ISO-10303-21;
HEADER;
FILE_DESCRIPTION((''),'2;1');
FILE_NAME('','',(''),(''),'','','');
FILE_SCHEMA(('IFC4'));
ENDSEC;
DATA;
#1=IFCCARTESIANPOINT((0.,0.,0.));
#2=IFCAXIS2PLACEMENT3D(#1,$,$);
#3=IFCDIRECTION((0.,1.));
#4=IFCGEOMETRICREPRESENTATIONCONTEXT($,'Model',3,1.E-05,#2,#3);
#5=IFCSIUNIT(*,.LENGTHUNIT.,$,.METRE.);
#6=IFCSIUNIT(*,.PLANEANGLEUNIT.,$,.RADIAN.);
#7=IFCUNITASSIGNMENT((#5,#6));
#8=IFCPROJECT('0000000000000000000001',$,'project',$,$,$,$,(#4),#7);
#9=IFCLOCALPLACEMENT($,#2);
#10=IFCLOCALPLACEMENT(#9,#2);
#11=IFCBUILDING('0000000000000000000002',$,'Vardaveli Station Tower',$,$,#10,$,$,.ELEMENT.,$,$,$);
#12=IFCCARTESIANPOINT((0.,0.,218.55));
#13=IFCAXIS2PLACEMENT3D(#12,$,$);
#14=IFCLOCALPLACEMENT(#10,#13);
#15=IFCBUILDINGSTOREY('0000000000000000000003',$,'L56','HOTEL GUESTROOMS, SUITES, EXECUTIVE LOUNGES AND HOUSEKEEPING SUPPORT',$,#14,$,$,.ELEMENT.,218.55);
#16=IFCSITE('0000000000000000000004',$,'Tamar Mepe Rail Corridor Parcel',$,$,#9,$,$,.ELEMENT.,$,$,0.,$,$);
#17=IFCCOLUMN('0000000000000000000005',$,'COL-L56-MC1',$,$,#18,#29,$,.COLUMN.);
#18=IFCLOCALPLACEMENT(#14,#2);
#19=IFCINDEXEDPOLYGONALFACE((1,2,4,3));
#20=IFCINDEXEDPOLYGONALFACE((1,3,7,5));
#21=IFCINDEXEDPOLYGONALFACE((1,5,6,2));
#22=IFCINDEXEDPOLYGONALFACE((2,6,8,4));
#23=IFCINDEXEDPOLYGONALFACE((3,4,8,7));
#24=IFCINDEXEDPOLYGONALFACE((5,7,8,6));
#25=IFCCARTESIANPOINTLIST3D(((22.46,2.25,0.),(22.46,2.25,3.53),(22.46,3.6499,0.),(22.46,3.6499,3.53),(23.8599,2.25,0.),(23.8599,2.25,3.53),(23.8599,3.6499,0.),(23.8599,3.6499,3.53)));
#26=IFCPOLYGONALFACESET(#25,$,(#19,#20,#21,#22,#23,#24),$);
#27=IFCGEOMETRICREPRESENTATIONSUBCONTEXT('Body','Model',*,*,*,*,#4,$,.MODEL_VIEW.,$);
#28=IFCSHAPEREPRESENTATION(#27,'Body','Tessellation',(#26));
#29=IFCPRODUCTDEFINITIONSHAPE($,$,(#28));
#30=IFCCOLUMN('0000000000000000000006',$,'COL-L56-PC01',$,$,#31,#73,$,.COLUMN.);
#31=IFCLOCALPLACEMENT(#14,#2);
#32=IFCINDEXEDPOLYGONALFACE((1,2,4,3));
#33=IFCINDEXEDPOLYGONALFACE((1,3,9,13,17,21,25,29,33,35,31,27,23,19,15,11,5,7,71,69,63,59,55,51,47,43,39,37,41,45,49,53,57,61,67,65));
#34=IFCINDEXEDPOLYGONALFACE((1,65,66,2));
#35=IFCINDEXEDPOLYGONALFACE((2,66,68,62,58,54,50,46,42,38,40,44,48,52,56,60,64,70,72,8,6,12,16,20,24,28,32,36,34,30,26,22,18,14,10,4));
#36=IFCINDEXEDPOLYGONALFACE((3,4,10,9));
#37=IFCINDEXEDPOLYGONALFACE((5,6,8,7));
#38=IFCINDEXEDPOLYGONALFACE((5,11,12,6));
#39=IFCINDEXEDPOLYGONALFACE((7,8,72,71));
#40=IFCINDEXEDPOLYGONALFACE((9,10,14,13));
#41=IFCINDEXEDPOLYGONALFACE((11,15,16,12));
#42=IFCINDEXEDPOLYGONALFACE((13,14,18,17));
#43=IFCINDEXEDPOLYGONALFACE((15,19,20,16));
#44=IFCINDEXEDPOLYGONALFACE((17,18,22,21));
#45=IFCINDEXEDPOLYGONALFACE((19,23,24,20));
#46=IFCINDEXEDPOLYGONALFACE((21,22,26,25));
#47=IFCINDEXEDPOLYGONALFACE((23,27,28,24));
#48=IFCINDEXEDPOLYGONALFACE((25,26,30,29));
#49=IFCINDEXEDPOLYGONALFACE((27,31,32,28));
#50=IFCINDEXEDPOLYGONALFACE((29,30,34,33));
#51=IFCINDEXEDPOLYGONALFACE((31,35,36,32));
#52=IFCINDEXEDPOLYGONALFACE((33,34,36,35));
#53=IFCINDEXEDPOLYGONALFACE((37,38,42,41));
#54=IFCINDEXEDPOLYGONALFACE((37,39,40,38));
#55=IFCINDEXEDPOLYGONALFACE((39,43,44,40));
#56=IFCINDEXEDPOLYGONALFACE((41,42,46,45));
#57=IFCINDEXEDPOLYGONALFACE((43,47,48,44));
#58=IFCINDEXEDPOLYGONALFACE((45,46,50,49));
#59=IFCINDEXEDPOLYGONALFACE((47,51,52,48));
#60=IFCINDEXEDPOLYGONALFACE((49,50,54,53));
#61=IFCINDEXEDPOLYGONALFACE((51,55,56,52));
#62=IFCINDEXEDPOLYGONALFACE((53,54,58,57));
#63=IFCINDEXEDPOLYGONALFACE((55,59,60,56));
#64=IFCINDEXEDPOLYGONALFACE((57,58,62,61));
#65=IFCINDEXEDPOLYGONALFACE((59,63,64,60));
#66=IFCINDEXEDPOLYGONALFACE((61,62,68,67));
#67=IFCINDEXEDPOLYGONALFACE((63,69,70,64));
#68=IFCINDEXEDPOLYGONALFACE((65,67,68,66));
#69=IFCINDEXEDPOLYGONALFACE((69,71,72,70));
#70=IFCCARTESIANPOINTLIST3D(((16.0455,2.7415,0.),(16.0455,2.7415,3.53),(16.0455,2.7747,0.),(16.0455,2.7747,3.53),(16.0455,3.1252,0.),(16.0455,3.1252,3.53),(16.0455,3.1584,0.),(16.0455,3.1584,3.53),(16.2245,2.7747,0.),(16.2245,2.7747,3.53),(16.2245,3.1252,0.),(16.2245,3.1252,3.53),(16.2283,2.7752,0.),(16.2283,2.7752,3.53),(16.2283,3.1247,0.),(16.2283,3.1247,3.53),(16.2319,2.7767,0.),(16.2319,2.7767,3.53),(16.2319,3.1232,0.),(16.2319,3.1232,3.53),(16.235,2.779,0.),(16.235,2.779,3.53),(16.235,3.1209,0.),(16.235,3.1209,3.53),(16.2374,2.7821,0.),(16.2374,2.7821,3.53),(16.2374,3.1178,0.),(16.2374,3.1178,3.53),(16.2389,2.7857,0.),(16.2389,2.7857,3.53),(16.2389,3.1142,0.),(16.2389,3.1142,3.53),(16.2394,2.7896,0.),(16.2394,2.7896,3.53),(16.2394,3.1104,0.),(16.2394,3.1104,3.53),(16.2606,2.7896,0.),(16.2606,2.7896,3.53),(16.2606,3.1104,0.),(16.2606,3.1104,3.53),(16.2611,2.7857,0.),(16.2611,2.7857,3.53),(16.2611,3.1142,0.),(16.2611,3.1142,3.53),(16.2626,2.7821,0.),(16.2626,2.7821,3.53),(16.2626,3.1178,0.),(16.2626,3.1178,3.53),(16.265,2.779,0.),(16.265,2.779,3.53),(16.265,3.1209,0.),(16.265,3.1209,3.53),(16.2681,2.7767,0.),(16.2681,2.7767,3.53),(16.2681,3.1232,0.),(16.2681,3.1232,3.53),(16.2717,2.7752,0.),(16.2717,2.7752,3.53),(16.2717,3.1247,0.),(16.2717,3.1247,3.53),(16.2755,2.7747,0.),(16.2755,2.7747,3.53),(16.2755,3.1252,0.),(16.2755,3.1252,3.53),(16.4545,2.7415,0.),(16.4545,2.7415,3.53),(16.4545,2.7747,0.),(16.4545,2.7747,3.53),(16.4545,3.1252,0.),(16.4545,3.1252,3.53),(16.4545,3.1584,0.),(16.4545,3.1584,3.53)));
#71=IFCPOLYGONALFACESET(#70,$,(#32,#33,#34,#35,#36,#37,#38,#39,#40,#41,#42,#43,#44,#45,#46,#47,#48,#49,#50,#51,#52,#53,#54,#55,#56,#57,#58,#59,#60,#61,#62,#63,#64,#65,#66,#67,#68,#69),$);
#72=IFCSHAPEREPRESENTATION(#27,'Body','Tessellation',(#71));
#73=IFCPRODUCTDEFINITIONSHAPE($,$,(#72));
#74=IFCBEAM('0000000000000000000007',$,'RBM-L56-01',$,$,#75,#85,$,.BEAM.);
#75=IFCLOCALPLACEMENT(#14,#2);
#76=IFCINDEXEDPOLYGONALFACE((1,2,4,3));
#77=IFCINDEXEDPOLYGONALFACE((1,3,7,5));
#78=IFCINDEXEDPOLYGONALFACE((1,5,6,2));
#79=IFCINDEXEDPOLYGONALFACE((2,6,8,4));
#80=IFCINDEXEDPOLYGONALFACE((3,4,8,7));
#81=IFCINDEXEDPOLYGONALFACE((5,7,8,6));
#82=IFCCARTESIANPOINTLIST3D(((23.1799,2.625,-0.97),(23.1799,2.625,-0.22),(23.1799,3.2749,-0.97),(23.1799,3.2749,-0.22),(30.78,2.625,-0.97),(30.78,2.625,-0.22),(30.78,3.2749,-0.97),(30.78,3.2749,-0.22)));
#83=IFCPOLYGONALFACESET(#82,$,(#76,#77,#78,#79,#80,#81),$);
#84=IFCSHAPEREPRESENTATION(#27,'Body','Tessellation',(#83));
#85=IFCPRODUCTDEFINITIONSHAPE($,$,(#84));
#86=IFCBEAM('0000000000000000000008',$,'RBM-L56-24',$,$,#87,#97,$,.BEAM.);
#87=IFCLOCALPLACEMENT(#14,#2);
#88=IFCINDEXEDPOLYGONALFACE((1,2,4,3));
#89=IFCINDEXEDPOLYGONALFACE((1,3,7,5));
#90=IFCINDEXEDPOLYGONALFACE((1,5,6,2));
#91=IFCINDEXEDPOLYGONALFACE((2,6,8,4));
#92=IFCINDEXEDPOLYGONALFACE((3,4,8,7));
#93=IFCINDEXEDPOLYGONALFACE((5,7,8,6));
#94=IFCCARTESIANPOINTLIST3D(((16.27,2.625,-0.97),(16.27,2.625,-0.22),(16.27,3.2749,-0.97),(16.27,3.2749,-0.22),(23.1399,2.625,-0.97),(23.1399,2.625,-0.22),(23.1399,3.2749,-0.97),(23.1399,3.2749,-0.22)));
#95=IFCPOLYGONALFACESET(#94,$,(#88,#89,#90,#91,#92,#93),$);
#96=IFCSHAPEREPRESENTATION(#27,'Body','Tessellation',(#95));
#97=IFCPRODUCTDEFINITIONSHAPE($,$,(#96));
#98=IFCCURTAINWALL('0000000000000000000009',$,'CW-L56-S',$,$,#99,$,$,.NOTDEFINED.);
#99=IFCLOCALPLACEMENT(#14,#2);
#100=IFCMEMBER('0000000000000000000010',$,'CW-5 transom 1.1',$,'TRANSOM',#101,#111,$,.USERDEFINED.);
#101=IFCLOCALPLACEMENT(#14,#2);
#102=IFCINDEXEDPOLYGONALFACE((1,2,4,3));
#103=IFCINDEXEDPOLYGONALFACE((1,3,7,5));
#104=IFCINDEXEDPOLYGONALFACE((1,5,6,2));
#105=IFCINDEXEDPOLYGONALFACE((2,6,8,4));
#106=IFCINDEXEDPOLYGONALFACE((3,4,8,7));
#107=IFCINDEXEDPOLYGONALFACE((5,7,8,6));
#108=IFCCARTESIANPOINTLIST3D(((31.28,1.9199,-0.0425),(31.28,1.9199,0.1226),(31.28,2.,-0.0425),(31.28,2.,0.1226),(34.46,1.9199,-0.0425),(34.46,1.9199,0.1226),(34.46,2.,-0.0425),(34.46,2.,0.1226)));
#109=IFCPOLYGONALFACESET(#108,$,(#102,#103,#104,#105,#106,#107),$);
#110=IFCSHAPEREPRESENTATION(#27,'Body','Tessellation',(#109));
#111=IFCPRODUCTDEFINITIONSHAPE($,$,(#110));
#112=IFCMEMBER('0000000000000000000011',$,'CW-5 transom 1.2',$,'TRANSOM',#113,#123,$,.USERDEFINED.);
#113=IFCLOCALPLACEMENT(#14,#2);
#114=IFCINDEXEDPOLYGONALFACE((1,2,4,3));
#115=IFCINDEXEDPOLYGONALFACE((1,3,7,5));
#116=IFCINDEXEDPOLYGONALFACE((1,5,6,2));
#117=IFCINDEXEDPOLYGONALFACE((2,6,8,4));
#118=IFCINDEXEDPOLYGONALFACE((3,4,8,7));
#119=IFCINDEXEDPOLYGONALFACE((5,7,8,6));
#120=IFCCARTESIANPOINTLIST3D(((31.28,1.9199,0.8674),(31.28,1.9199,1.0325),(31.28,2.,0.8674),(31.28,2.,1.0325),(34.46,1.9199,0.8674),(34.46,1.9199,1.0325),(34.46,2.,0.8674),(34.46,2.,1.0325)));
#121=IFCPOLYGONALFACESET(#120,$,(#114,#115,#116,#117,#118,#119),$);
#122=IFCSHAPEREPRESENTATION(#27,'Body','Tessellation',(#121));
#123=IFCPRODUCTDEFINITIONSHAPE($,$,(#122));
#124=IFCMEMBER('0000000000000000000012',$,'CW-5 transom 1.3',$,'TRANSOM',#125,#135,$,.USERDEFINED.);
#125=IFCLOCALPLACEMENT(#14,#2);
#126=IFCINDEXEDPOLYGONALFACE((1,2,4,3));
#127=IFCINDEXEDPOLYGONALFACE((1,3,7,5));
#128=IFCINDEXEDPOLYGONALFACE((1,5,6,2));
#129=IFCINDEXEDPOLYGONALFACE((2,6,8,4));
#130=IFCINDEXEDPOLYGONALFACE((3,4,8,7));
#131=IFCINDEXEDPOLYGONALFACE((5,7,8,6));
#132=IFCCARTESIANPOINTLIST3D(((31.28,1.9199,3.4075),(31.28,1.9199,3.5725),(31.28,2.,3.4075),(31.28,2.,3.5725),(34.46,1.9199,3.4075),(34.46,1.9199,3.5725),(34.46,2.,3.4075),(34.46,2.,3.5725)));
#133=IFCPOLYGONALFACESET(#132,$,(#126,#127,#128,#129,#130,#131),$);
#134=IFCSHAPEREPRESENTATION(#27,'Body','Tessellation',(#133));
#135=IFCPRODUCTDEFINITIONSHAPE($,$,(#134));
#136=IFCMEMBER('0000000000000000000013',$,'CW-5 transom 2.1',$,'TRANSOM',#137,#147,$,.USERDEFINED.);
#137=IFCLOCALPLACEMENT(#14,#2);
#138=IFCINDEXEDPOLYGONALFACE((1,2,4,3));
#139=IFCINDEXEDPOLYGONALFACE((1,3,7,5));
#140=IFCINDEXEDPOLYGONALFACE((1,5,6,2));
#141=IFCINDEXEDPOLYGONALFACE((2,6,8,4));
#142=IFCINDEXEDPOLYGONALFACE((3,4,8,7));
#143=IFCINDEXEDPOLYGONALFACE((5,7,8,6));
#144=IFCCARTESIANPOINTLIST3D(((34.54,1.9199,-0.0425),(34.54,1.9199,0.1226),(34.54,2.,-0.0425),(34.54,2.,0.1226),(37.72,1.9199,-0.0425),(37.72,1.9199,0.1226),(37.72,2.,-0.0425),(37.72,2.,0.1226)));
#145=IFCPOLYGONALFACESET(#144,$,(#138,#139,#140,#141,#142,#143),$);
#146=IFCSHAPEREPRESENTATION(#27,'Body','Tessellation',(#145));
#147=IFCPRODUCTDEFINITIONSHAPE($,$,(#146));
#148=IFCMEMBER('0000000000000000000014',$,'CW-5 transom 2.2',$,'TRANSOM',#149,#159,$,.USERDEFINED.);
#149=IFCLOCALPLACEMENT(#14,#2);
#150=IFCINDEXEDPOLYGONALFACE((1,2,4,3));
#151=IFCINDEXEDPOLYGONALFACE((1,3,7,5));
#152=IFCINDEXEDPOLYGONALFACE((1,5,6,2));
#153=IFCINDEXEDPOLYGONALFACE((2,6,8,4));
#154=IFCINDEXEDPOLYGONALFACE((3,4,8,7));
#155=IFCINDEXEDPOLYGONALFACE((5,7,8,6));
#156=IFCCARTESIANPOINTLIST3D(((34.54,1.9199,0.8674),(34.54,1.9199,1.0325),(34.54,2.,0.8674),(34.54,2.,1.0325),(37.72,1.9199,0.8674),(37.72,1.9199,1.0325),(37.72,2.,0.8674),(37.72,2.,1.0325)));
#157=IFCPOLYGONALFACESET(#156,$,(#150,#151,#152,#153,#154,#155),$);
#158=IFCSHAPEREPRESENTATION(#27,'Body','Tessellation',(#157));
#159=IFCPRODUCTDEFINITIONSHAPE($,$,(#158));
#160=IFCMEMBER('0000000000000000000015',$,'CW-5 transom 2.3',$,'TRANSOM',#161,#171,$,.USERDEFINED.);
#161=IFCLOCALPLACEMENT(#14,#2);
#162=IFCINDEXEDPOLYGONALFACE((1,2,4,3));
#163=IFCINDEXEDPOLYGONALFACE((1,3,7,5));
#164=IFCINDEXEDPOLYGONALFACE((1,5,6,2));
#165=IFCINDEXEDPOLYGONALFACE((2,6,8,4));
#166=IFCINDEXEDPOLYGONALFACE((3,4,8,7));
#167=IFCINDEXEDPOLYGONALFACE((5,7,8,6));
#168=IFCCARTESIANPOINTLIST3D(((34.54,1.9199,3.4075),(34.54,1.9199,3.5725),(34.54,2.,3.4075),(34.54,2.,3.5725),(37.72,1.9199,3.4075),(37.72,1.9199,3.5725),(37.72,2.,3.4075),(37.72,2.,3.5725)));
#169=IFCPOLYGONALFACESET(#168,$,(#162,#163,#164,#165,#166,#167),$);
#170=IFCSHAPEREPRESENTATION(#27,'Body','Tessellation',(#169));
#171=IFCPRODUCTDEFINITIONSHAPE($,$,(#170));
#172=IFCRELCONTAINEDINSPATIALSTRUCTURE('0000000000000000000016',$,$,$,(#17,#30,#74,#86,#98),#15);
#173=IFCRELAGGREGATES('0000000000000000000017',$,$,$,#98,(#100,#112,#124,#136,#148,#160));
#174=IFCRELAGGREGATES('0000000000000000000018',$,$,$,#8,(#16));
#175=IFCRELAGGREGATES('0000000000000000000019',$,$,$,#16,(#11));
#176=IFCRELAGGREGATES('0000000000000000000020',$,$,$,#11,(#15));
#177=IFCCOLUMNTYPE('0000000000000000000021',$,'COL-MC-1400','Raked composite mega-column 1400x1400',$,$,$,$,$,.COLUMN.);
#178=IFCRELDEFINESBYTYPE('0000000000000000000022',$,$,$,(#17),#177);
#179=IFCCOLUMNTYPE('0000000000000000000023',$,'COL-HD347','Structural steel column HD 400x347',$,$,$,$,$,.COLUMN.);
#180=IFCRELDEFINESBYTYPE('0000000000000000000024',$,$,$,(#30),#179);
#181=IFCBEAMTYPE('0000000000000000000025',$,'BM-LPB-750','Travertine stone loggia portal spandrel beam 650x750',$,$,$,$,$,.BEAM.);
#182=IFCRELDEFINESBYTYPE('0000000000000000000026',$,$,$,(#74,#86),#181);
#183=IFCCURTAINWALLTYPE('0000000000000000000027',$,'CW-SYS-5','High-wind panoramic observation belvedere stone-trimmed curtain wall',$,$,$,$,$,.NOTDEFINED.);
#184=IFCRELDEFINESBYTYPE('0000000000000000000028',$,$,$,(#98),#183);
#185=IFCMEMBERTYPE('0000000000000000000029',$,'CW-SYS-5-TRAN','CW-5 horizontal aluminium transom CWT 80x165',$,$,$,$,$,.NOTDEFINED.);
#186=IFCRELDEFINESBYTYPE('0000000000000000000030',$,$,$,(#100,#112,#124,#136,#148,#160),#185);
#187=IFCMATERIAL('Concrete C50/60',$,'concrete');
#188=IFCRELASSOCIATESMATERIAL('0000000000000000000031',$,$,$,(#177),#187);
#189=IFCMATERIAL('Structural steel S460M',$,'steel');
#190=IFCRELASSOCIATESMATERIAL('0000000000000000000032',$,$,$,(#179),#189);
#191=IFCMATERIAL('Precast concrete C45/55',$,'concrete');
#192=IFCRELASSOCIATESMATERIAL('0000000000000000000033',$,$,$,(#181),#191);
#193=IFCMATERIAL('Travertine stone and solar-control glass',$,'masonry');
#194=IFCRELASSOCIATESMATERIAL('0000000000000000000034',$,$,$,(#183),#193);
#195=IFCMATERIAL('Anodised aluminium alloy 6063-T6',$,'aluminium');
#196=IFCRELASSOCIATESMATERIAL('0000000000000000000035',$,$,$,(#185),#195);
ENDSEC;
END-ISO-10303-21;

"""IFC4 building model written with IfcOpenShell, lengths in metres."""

from ifc_helpers import new_model, si_unit, direction, frame, origin, origin_2d, place, context, subcontext, project, spatial, rectangle, i_section, extrude, source, transform, mapped, material, material_profile, profile_set, type_object, element, aggregate, save


model = new_model("IFC4")

# Units and contexts
model_context = context("Model", 3, precision=1e-05, world=origin(), true_north=direction((0.0, 1.0)))
body_context = subcontext(model_context, "Body", "Model", "MODEL_VIEW")
ifc_project = project(units=[si_unit("LENGTHUNIT", "METRE"), si_unit("PLANEANGLEUNIT", "RADIAN")], contexts=[model_context])

# Site, building, storey
site_placement = place(None, origin())
site = spatial("IfcSite", under=ifc_project, at=site_placement, Name="Tamar Mepe Rail Corridor Parcel", CompositionType="ELEMENT", RefElevation=0.0)
building_placement = place(site_placement, origin())
building = spatial("IfcBuilding", under=site, at=building_placement, Name="Vardaveli Station Tower", CompositionType="ELEMENT")
storey_placement = place(building_placement, frame((0.0, 0.0, 218.55)))
storey = spatial("IfcBuildingStorey", under=building, at=storey_placement, Name="L56", Description="HOTEL GUESTROOMS, SUITES, EXECUTIVE LOUNGES AND HOUSEKEEPING SUPPORT", CompositionType="ELEMENT", Elevation=218.55)

# Columns
ifc_material_1 = material(Name="Concrete C50/60", Category="concrete")
ifc_material_profile_1 = material_profile(ifc_material_1, rectangle(XDim=1.3999, YDim=1.3999, at=origin_2d()), Name="MC 1400x1400")
ifc_profile_set_1 = profile_set([ifc_material_profile_1], Name="Concrete C50/60")
column_type_1 = type_object("IfcColumnType", Name="COL-MC-1400", Description="Raked composite mega-column 1400x1400", PredefinedType="COLUMN", material=ifc_profile_set_1)
shared_shape_1 = source(origin(), body_context, "Body", "SweptSolid", [
    extrude(rectangle(XDim=1.3999, YDim=1.3999, at=origin_2d()), origin(), (0.0, 0.0, 1.0), 3.53),
])
column_1_placement = place(storey_placement, frame((23.1599, 2.95, 0.0), z_axis=(0.0, 0.0, 1.0), x_axis=(1.0, 0.0, 0.0)))
element("IfcColumn", 1, at=column_1_placement, inside=storey, type_object=column_type_1, Name="COL-L56-MC1", PredefinedType="COLUMN", context=body_context, shape_type="MappedRepresentation", body=[
    mapped(shared_shape_1, transform((0.0, 0.0, 0.0), scale=1.0)),
])
ifc_material_2 = material(Name="Structural steel S460M", Category="steel")
ifc_material_profile_2 = material_profile(ifc_material_2, i_section(OverallWidth=0.4089, OverallDepth=0.417, WebThickness=0.0212, FlangeThickness=0.0332, FilletRadius=0.0149, at=origin_2d()), Name="HD 400x347")
ifc_profile_set_2 = profile_set([ifc_material_profile_2], Name="Structural steel S460M")
column_type_2 = type_object("IfcColumnType", Name="COL-HD347", Description="Structural steel column HD 400x347", PredefinedType="COLUMN", material=ifc_profile_set_2)
shared_shape_2 = source(origin(), body_context, "Body", "SweptSolid", [
    extrude(i_section(OverallWidth=0.4089, OverallDepth=0.417, WebThickness=0.0212, FlangeThickness=0.0332, FilletRadius=0.0149, at=origin_2d()), origin(), (0.0, 0.0, 1.0), 3.53),
])
column_2_placement = place(storey_placement, frame((16.25, 2.95, 0.0), z_axis=(0.0, 0.0, 1.0), x_axis=(1.0, 0.0, 0.0)))
element("IfcColumn", 2, at=column_2_placement, inside=storey, type_object=column_type_2, Name="COL-L56-PC01", PredefinedType="COLUMN", context=body_context, shape_type="MappedRepresentation", body=[
    mapped(shared_shape_2, transform((0.0, 0.0, 0.0), scale=1.0)),
])

# Beams
ifc_material_3 = material(Name="Precast concrete C45/55", Category="concrete")
ifc_material_profile_3 = material_profile(ifc_material_3, rectangle(XDim=0.6499, YDim=0.75, at=origin_2d()), Name="LPB 650x750")
ifc_profile_set_3 = profile_set([ifc_material_profile_3], Name="Precast concrete C45/55")
beam_type = type_object("IfcBeamType", Name="BM-LPB-750", Description="Travertine stone loggia portal spandrel beam 650x750", PredefinedType="BEAM", material=ifc_profile_set_3)
shared_shape_3 = source(origin(), body_context, "Body", "SweptSolid", [
    extrude(rectangle(XDim=0.6499, YDim=0.75, at=origin_2d()), origin(), (0.0, 0.0, 1.0), 7.6001),
])
beam_1_placement = place(storey_placement, frame((23.1799, 2.95, -0.595), z_axis=(1.0, 0.0, 0.0), x_axis=(0.0, 1.0, 0.0)))
element("IfcBeam", 3, at=beam_1_placement, inside=storey, type_object=beam_type, Name="RBM-L56-01", PredefinedType="BEAM", context=body_context, shape_type="MappedRepresentation", body=[
    mapped(shared_shape_3, transform((0.0, 0.0, 0.0), scale=1.0)),
])
shared_shape_4 = source(origin(), body_context, "Body", "SweptSolid", [
    extrude(rectangle(XDim=0.6499, YDim=0.75, at=origin_2d()), origin(), (0.0, 0.0, 1.0), 6.8699),
])
beam_2_placement = place(storey_placement, frame((16.27, 2.95, -0.595), z_axis=(1.0, 0.0, 0.0), x_axis=(0.0, 1.0, 0.0)))
element("IfcBeam", 4, at=beam_2_placement, inside=storey, type_object=beam_type, Name="RBM-L56-24", PredefinedType="BEAM", context=body_context, shape_type="MappedRepresentation", body=[
    mapped(shared_shape_4, transform((0.0, 0.0, 0.0), scale=1.0)),
])

# Curtain wall, members
ifc_material_4 = material(Name="Travertine stone and solar-control glass", Category="masonry")
curtain_wall_type = type_object("IfcCurtainWallType", Name="CW-SYS-5", Description="High-wind panoramic observation belvedere stone-trimmed curtain wall", PredefinedType="NOTDEFINED", material=ifc_material_4)
curtain_wall_placement = place(storey_placement, origin())
curtain_wall = element("IfcCurtainWall", 5, at=curtain_wall_placement, inside=storey, type_object=curtain_wall_type, Name="CW-L56-S", PredefinedType="NOTDEFINED")
ifc_material_5 = material(Name="Anodised aluminium alloy 6063-T6", Category="aluminium")
ifc_material_profile_4 = material_profile(ifc_material_5, rectangle(XDim=0.0801, YDim=0.165, at=origin_2d()), Name="CWT 80x165")
ifc_profile_set_4 = profile_set([ifc_material_profile_4], Name="Anodised aluminium alloy 6063-T6")
member_type_1 = type_object("IfcMemberType", Name="CW-SYS-5-TRAN", Description="CW-5 horizontal aluminium transom CWT 80x165", PredefinedType="NOTDEFINED", material=ifc_profile_set_4)
shared_shape_5 = source(origin(), body_context, "Body", "SweptSolid", [
    extrude(rectangle(XDim=0.0801, YDim=0.165, at=origin_2d()), origin(), (0.0, 0.0, 1.0), 3.1799),
])
member_1_placement = place(storey_placement, frame((31.28, 1.96, 0.04), z_axis=(1.0, 0.0, 0.0), x_axis=(0.0, 1.0, 0.0)))
member_1 = element("IfcMember", 6, at=member_1_placement, type_object=member_type_1, Name="CW-5 transom 1.1", ObjectType="TRANSOM", PredefinedType="USERDEFINED", context=body_context, shape_type="MappedRepresentation", body=[
    mapped(shared_shape_5, transform((0.0, 0.0, 0.0), scale=1.0)),
])
member_2_placement = place(storey_placement, frame((31.28, 1.96, 0.95), z_axis=(1.0, 0.0, 0.0), x_axis=(0.0, 1.0, 0.0)))
member_2 = element("IfcMember", 7, at=member_2_placement, type_object=member_type_1, Name="CW-5 transom 1.2", ObjectType="TRANSOM", PredefinedType="USERDEFINED", context=body_context, shape_type="MappedRepresentation", body=[
    mapped(shared_shape_5, transform((0.0, 0.0, 0.0), scale=1.0)),
])
member_3_placement = place(storey_placement, frame((31.28, 1.96, 3.49), z_axis=(1.0, 0.0, 0.0), x_axis=(0.0, 1.0, 0.0)))
member_3 = element("IfcMember", 8, at=member_3_placement, type_object=member_type_1, Name="CW-5 transom 1.3", ObjectType="TRANSOM", PredefinedType="USERDEFINED", context=body_context, shape_type="MappedRepresentation", body=[
    mapped(shared_shape_5, transform((0.0, 0.0, 0.0), scale=1.0)),
])
member_4_placement = place(storey_placement, frame((34.54, 1.96, 0.04), z_axis=(1.0, 0.0, 0.0), x_axis=(0.0, 1.0, 0.0)))
member_4 = element("IfcMember", 9, at=member_4_placement, type_object=member_type_1, Name="CW-5 transom 2.1", ObjectType="TRANSOM", PredefinedType="USERDEFINED", context=body_context, shape_type="MappedRepresentation", body=[
    mapped(shared_shape_5, transform((0.0, 0.0, 0.0), scale=1.0)),
])
member_5_placement = place(storey_placement, frame((34.54, 1.96, 0.95), z_axis=(1.0, 0.0, 0.0), x_axis=(0.0, 1.0, 0.0)))
member_5 = element("IfcMember", 10, at=member_5_placement, type_object=member_type_1, Name="CW-5 transom 2.2", ObjectType="TRANSOM", PredefinedType="USERDEFINED", context=body_context, shape_type="MappedRepresentation", body=[
    mapped(shared_shape_5, transform((0.0, 0.0, 0.0), scale=1.0)),
])
member_6_placement = place(storey_placement, frame((34.54, 1.96, 3.49), z_axis=(1.0, 0.0, 0.0), x_axis=(0.0, 1.0, 0.0)))
member_6 = element("IfcMember", 11, at=member_6_placement, type_object=member_type_1, Name="CW-5 transom 2.3", ObjectType="TRANSOM", PredefinedType="USERDEFINED", context=body_context, shape_type="MappedRepresentation", body=[
    mapped(shared_shape_5, transform((0.0, 0.0, 0.0), scale=1.0)),
])

aggregate(curtain_wall, [member_1, member_2, member_3, member_4, member_5, member_6])

save(model, "model.ifc")
